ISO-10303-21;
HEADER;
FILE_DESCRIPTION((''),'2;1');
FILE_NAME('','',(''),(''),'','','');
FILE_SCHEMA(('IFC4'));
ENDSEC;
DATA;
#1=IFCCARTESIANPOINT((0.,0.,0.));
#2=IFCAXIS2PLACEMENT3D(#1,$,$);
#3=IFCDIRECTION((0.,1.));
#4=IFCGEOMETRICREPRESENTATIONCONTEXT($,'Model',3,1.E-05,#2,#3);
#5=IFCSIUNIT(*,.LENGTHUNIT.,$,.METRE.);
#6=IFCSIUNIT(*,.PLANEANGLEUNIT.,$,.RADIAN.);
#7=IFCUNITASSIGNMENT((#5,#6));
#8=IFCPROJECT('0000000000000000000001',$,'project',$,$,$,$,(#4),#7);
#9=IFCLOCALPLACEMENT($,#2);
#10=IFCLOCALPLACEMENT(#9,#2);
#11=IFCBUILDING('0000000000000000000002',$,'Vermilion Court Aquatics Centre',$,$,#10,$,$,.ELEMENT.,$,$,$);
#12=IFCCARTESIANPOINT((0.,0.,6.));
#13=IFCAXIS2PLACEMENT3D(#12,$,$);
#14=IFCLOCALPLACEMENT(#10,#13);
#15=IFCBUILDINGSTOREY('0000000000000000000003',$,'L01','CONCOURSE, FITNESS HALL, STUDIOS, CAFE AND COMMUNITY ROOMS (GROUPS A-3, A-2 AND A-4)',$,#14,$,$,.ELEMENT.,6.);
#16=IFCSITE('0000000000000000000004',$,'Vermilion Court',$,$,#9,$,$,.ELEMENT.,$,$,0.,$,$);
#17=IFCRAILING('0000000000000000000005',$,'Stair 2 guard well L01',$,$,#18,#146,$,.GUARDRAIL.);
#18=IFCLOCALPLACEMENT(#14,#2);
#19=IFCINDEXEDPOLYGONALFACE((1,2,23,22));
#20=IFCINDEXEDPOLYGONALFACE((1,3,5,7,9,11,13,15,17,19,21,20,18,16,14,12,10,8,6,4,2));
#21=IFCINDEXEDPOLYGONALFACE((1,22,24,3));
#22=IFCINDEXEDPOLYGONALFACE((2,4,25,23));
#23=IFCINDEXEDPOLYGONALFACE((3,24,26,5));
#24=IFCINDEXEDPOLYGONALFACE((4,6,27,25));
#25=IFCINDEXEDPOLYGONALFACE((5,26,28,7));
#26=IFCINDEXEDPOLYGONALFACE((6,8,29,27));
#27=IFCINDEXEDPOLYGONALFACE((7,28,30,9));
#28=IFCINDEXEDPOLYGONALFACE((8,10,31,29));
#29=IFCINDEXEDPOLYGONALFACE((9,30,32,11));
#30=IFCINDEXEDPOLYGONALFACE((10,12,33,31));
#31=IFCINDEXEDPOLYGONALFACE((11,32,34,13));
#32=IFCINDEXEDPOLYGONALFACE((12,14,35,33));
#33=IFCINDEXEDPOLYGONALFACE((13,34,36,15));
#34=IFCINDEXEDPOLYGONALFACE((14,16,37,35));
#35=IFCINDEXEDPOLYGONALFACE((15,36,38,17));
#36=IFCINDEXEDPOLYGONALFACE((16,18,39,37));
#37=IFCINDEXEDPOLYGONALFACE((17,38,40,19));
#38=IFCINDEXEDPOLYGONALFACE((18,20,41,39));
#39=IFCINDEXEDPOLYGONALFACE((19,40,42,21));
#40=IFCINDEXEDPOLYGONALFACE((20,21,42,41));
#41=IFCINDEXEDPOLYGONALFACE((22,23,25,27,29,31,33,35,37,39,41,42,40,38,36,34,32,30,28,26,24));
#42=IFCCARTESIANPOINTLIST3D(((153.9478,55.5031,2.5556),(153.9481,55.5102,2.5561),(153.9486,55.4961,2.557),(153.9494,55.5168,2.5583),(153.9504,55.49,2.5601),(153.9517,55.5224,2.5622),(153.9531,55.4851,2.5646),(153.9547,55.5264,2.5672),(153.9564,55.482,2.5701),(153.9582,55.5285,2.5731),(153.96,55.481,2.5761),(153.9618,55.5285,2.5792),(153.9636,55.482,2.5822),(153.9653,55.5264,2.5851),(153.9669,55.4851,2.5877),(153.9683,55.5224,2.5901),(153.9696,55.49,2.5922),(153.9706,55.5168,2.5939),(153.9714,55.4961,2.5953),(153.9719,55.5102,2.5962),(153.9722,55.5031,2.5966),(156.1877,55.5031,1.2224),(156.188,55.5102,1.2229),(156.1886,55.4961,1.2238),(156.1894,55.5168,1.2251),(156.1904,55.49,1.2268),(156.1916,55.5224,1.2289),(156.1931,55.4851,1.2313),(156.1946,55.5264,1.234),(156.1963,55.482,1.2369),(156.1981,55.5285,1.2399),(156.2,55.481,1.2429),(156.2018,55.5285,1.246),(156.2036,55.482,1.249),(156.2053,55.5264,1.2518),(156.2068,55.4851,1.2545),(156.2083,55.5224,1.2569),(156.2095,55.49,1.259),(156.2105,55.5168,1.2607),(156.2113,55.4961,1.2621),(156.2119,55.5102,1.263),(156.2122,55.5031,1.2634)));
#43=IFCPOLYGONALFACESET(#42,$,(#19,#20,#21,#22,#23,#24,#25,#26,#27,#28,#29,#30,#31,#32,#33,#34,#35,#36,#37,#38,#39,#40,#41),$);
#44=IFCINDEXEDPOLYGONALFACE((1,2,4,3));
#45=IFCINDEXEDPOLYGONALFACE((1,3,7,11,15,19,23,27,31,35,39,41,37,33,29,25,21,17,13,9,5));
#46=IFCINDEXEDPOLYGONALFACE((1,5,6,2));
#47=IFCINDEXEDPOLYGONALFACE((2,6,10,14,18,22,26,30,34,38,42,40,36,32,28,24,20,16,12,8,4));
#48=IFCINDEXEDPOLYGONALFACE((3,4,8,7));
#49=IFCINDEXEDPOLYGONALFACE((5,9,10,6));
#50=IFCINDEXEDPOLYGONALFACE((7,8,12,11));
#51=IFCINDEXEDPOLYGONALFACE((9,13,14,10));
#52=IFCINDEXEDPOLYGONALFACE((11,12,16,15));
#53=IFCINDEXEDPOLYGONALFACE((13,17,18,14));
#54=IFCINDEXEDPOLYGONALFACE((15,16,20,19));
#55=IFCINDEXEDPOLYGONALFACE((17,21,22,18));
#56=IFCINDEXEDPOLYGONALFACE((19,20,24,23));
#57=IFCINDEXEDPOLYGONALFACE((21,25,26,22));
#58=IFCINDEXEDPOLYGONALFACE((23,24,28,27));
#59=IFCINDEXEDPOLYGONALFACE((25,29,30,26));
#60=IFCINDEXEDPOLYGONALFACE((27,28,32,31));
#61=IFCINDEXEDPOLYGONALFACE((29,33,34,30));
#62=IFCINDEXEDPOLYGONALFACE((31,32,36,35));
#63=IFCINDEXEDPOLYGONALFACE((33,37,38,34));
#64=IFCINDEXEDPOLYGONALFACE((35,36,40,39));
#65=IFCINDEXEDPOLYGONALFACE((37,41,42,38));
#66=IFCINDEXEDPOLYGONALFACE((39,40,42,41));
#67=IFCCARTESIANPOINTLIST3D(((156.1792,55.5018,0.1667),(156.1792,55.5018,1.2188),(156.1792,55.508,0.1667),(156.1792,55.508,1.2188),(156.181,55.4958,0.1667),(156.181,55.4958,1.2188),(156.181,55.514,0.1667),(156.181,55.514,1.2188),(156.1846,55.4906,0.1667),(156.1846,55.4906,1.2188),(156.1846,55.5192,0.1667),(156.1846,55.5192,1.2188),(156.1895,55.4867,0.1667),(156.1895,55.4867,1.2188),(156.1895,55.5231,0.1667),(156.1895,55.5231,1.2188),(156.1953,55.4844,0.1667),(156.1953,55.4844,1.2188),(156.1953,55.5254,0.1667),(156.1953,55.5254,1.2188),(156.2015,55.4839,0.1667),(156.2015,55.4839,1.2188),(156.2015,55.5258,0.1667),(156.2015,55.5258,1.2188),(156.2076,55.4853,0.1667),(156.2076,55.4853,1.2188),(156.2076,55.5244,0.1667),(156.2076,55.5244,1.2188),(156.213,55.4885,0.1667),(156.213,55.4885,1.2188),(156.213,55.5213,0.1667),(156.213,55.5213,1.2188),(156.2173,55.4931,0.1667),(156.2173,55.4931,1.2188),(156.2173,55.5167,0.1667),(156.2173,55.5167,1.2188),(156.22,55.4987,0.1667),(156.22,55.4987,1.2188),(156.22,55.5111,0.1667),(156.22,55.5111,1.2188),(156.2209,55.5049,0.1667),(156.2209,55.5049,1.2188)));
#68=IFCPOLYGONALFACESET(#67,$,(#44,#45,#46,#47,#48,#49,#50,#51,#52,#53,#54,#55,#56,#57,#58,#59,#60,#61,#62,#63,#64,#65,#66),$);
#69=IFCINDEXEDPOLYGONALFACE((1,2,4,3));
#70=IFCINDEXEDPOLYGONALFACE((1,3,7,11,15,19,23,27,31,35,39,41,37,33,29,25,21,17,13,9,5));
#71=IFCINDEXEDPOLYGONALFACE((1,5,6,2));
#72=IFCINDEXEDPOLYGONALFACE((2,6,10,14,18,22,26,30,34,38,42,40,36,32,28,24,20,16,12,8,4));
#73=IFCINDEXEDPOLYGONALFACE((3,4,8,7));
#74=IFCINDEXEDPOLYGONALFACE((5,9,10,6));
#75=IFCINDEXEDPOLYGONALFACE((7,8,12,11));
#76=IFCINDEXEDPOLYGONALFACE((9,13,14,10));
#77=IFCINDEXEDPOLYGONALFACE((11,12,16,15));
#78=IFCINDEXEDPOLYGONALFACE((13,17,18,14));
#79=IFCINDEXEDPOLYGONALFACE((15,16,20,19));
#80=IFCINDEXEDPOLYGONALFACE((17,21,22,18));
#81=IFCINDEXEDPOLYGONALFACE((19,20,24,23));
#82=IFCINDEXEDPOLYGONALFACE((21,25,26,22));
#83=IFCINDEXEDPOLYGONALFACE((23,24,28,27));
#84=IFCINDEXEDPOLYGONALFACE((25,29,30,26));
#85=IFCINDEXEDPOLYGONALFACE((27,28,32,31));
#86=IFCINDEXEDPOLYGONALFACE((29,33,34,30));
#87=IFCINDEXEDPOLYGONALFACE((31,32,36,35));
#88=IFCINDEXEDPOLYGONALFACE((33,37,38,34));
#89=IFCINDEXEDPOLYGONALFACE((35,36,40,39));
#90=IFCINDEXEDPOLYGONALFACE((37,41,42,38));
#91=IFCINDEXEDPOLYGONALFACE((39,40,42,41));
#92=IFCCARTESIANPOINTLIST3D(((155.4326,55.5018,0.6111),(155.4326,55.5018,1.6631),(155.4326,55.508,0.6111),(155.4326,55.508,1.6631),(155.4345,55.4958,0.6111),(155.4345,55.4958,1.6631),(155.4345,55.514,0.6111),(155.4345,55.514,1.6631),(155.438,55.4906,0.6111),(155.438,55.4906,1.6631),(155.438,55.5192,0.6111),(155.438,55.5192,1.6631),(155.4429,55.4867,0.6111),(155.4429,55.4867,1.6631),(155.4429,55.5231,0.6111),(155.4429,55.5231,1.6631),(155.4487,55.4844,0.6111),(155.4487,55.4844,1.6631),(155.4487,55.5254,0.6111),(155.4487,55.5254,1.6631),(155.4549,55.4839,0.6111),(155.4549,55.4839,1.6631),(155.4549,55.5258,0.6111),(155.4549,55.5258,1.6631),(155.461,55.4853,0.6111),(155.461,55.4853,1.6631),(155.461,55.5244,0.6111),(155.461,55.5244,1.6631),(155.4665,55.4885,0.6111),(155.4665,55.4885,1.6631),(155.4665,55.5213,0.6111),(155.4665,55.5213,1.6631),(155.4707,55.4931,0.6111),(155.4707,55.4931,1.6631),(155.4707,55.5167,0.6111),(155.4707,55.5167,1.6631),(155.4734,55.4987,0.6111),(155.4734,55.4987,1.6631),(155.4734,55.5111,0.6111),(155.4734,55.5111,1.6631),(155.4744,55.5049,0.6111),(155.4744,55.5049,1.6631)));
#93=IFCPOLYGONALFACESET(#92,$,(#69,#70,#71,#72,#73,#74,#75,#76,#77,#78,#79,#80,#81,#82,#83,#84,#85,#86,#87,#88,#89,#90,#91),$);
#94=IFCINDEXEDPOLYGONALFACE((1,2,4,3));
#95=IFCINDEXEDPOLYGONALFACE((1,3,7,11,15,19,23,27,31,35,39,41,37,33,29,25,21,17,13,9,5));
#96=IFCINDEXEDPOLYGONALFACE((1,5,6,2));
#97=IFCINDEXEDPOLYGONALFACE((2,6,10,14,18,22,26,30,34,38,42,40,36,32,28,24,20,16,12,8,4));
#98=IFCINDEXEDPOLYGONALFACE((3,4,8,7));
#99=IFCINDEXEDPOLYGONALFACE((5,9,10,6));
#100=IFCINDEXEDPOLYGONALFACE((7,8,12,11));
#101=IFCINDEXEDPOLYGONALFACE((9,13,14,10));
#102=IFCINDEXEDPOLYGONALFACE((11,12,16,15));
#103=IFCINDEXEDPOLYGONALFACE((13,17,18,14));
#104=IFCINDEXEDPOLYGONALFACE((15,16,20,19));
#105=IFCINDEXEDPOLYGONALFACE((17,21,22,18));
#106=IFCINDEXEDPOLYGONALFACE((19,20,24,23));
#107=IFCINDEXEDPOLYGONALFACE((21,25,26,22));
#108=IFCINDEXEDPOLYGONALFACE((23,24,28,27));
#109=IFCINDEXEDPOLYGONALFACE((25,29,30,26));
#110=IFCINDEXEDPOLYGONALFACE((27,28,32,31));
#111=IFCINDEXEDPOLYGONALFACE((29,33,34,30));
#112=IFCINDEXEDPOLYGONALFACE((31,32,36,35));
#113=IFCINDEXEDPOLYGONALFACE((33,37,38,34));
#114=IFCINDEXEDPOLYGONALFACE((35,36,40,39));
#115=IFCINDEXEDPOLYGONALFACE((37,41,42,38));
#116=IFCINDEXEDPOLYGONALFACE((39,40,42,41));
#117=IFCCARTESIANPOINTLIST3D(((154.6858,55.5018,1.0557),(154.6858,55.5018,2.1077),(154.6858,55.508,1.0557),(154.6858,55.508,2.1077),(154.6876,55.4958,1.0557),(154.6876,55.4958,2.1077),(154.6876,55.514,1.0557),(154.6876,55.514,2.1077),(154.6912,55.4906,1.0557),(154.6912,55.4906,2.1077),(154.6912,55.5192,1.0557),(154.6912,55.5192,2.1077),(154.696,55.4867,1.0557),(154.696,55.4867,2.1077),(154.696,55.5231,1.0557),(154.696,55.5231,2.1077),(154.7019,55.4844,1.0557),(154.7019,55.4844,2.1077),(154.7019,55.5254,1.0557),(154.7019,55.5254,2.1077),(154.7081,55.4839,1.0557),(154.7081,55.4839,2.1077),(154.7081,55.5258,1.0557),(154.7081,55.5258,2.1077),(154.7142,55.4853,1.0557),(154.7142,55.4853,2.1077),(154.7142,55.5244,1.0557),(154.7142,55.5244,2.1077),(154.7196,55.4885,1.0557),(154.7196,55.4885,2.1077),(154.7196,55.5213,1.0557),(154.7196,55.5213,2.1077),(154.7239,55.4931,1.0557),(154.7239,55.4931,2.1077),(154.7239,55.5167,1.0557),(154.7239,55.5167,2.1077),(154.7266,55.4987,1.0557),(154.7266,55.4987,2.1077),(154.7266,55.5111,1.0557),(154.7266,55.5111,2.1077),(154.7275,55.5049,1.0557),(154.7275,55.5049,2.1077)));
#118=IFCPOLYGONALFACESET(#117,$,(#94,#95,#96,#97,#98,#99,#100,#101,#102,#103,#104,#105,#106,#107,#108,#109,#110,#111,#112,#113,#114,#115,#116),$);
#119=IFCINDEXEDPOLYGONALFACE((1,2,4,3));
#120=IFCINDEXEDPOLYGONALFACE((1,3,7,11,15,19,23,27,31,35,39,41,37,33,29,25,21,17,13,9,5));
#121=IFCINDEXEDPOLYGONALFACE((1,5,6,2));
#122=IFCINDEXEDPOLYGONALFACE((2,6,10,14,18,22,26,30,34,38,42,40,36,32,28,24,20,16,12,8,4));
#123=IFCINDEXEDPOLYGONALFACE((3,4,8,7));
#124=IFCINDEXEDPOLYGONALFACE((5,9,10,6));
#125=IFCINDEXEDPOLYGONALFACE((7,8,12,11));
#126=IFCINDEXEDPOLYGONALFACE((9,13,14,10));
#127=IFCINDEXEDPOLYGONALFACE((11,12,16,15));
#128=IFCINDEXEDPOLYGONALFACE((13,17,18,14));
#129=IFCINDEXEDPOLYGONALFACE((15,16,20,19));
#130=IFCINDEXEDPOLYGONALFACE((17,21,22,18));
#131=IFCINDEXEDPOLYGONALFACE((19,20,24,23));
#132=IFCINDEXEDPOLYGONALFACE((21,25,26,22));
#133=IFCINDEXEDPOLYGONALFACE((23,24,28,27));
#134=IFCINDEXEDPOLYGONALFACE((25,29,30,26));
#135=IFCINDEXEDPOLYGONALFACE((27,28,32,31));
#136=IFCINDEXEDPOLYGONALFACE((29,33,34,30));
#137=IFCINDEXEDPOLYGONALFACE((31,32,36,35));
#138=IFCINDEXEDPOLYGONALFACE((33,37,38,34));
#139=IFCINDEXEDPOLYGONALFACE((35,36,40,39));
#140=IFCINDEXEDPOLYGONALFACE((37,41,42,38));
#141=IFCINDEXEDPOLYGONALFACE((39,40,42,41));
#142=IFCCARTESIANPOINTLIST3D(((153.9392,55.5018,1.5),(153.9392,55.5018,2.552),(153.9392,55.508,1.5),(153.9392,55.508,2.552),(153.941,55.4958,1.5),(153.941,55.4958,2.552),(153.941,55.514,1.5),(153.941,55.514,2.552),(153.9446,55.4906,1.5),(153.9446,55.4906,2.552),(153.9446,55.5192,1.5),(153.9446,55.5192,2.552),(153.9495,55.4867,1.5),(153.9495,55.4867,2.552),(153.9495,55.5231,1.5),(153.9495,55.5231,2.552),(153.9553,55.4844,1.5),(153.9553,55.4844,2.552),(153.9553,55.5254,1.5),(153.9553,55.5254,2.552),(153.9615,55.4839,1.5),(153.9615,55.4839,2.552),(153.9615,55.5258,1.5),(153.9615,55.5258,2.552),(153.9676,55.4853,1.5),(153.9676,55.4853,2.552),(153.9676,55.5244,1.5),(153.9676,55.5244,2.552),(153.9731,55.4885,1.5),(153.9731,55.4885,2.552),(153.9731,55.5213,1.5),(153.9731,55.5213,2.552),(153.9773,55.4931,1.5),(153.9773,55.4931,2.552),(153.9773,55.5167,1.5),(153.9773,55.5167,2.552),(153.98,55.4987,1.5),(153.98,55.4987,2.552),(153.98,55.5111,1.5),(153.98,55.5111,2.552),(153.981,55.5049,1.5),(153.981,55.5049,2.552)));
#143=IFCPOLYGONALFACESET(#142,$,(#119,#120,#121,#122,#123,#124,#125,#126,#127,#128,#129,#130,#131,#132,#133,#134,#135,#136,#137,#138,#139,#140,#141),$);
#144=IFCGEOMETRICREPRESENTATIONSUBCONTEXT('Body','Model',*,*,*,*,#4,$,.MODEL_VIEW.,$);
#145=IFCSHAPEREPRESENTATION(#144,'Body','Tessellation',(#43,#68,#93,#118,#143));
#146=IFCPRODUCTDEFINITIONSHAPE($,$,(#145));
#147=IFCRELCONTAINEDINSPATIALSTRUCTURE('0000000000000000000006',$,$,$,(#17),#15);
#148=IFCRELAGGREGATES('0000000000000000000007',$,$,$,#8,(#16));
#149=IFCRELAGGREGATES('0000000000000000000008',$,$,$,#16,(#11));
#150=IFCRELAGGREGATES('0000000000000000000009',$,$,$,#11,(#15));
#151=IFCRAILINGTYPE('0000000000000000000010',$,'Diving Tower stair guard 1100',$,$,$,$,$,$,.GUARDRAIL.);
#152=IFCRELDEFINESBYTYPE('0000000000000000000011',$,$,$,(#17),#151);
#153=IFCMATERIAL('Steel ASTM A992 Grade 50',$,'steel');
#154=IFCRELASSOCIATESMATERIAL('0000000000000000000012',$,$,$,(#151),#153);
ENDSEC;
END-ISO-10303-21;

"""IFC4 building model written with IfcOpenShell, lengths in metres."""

from ifc_helpers import new_model, si_unit, direction, frame, origin, origin_2d, place, context, subcontext, project, spatial, circle, extrude, material, type_object, element, save


model = new_model("IFC4")

# Units and contexts
model_context = context("Model", 3, precision=1e-05, world=origin(), true_north=direction((0.0, 1.0)))
body_context = subcontext(model_context, "Body", "Model", "MODEL_VIEW")
ifc_project = project(units=[si_unit("LENGTHUNIT", "METRE"), si_unit("PLANEANGLEUNIT", "RADIAN")], contexts=[model_context])

# Site, building, storey
site_placement = place(None, origin())
site = spatial("IfcSite", under=ifc_project, at=site_placement, Name="Vermilion Court", CompositionType="ELEMENT", RefElevation=0.0)
building_placement = place(site_placement, origin())
building = spatial("IfcBuilding", under=site, at=building_placement, Name="Vermilion Court Aquatics Centre", CompositionType="ELEMENT")
storey_placement = place(building_placement, frame((0.0, 0.0, 6.0)))
storey = spatial("IfcBuildingStorey", under=building, at=storey_placement, Name="L01", Description="CONCOURSE, FITNESS HALL, STUDIOS, CAFE AND COMMUNITY ROOMS (GROUPS A-3, A-2 AND A-4)", CompositionType="ELEMENT", Elevation=6.0)

# Railing
ifc_material_1 = material(Name="Steel ASTM A992 Grade 50", Category="steel")
railing_type_1 = type_object("IfcRailingType", Name="Diving Tower stair guard 1100", PredefinedType="GUARDRAIL", material=ifc_material_1)
for number, where, name in (
    (1, (156.2, 55.5049, 0.1667), "Stair 2 guard well L01"),
):
    element("IfcRailing", number, at=place(storey_placement, frame(where)), inside=storey, type_object=railing_type_1, Name=name, PredefinedType="GUARDRAIL", context=body_context, shape_type="SweptSolid", body=[
        extrude(circle(Radius=0.0239, at=origin_2d()), frame((0.0, 0.0, 1.0762), z_axis=(-0.859306, 0.0, 0.511462), x_axis=(0.0, -1.0, 0.0)), (0.0, 0.0, 1.0), 2.6067),
        extrude(circle(Radius=0.021, at=origin_2d()), origin(), (0.0, 0.0, 1.0), 1.052),
        extrude(circle(Radius=0.021, at=origin_2d()), frame((-0.7466, 0.0, 0.4443)), (0.0, 0.0, 1.0), 1.052),
        extrude(circle(Radius=0.021, at=origin_2d()), frame((-1.4934, 0.0, 0.8889)), (0.0, 0.0, 1.0), 1.052),
        extrude(circle(Radius=0.021, at=origin_2d()), frame((-2.24, 0.0, 1.3333)), (0.0, 0.0, 1.0), 1.052),
    ])

save(model, "model.ifc")
